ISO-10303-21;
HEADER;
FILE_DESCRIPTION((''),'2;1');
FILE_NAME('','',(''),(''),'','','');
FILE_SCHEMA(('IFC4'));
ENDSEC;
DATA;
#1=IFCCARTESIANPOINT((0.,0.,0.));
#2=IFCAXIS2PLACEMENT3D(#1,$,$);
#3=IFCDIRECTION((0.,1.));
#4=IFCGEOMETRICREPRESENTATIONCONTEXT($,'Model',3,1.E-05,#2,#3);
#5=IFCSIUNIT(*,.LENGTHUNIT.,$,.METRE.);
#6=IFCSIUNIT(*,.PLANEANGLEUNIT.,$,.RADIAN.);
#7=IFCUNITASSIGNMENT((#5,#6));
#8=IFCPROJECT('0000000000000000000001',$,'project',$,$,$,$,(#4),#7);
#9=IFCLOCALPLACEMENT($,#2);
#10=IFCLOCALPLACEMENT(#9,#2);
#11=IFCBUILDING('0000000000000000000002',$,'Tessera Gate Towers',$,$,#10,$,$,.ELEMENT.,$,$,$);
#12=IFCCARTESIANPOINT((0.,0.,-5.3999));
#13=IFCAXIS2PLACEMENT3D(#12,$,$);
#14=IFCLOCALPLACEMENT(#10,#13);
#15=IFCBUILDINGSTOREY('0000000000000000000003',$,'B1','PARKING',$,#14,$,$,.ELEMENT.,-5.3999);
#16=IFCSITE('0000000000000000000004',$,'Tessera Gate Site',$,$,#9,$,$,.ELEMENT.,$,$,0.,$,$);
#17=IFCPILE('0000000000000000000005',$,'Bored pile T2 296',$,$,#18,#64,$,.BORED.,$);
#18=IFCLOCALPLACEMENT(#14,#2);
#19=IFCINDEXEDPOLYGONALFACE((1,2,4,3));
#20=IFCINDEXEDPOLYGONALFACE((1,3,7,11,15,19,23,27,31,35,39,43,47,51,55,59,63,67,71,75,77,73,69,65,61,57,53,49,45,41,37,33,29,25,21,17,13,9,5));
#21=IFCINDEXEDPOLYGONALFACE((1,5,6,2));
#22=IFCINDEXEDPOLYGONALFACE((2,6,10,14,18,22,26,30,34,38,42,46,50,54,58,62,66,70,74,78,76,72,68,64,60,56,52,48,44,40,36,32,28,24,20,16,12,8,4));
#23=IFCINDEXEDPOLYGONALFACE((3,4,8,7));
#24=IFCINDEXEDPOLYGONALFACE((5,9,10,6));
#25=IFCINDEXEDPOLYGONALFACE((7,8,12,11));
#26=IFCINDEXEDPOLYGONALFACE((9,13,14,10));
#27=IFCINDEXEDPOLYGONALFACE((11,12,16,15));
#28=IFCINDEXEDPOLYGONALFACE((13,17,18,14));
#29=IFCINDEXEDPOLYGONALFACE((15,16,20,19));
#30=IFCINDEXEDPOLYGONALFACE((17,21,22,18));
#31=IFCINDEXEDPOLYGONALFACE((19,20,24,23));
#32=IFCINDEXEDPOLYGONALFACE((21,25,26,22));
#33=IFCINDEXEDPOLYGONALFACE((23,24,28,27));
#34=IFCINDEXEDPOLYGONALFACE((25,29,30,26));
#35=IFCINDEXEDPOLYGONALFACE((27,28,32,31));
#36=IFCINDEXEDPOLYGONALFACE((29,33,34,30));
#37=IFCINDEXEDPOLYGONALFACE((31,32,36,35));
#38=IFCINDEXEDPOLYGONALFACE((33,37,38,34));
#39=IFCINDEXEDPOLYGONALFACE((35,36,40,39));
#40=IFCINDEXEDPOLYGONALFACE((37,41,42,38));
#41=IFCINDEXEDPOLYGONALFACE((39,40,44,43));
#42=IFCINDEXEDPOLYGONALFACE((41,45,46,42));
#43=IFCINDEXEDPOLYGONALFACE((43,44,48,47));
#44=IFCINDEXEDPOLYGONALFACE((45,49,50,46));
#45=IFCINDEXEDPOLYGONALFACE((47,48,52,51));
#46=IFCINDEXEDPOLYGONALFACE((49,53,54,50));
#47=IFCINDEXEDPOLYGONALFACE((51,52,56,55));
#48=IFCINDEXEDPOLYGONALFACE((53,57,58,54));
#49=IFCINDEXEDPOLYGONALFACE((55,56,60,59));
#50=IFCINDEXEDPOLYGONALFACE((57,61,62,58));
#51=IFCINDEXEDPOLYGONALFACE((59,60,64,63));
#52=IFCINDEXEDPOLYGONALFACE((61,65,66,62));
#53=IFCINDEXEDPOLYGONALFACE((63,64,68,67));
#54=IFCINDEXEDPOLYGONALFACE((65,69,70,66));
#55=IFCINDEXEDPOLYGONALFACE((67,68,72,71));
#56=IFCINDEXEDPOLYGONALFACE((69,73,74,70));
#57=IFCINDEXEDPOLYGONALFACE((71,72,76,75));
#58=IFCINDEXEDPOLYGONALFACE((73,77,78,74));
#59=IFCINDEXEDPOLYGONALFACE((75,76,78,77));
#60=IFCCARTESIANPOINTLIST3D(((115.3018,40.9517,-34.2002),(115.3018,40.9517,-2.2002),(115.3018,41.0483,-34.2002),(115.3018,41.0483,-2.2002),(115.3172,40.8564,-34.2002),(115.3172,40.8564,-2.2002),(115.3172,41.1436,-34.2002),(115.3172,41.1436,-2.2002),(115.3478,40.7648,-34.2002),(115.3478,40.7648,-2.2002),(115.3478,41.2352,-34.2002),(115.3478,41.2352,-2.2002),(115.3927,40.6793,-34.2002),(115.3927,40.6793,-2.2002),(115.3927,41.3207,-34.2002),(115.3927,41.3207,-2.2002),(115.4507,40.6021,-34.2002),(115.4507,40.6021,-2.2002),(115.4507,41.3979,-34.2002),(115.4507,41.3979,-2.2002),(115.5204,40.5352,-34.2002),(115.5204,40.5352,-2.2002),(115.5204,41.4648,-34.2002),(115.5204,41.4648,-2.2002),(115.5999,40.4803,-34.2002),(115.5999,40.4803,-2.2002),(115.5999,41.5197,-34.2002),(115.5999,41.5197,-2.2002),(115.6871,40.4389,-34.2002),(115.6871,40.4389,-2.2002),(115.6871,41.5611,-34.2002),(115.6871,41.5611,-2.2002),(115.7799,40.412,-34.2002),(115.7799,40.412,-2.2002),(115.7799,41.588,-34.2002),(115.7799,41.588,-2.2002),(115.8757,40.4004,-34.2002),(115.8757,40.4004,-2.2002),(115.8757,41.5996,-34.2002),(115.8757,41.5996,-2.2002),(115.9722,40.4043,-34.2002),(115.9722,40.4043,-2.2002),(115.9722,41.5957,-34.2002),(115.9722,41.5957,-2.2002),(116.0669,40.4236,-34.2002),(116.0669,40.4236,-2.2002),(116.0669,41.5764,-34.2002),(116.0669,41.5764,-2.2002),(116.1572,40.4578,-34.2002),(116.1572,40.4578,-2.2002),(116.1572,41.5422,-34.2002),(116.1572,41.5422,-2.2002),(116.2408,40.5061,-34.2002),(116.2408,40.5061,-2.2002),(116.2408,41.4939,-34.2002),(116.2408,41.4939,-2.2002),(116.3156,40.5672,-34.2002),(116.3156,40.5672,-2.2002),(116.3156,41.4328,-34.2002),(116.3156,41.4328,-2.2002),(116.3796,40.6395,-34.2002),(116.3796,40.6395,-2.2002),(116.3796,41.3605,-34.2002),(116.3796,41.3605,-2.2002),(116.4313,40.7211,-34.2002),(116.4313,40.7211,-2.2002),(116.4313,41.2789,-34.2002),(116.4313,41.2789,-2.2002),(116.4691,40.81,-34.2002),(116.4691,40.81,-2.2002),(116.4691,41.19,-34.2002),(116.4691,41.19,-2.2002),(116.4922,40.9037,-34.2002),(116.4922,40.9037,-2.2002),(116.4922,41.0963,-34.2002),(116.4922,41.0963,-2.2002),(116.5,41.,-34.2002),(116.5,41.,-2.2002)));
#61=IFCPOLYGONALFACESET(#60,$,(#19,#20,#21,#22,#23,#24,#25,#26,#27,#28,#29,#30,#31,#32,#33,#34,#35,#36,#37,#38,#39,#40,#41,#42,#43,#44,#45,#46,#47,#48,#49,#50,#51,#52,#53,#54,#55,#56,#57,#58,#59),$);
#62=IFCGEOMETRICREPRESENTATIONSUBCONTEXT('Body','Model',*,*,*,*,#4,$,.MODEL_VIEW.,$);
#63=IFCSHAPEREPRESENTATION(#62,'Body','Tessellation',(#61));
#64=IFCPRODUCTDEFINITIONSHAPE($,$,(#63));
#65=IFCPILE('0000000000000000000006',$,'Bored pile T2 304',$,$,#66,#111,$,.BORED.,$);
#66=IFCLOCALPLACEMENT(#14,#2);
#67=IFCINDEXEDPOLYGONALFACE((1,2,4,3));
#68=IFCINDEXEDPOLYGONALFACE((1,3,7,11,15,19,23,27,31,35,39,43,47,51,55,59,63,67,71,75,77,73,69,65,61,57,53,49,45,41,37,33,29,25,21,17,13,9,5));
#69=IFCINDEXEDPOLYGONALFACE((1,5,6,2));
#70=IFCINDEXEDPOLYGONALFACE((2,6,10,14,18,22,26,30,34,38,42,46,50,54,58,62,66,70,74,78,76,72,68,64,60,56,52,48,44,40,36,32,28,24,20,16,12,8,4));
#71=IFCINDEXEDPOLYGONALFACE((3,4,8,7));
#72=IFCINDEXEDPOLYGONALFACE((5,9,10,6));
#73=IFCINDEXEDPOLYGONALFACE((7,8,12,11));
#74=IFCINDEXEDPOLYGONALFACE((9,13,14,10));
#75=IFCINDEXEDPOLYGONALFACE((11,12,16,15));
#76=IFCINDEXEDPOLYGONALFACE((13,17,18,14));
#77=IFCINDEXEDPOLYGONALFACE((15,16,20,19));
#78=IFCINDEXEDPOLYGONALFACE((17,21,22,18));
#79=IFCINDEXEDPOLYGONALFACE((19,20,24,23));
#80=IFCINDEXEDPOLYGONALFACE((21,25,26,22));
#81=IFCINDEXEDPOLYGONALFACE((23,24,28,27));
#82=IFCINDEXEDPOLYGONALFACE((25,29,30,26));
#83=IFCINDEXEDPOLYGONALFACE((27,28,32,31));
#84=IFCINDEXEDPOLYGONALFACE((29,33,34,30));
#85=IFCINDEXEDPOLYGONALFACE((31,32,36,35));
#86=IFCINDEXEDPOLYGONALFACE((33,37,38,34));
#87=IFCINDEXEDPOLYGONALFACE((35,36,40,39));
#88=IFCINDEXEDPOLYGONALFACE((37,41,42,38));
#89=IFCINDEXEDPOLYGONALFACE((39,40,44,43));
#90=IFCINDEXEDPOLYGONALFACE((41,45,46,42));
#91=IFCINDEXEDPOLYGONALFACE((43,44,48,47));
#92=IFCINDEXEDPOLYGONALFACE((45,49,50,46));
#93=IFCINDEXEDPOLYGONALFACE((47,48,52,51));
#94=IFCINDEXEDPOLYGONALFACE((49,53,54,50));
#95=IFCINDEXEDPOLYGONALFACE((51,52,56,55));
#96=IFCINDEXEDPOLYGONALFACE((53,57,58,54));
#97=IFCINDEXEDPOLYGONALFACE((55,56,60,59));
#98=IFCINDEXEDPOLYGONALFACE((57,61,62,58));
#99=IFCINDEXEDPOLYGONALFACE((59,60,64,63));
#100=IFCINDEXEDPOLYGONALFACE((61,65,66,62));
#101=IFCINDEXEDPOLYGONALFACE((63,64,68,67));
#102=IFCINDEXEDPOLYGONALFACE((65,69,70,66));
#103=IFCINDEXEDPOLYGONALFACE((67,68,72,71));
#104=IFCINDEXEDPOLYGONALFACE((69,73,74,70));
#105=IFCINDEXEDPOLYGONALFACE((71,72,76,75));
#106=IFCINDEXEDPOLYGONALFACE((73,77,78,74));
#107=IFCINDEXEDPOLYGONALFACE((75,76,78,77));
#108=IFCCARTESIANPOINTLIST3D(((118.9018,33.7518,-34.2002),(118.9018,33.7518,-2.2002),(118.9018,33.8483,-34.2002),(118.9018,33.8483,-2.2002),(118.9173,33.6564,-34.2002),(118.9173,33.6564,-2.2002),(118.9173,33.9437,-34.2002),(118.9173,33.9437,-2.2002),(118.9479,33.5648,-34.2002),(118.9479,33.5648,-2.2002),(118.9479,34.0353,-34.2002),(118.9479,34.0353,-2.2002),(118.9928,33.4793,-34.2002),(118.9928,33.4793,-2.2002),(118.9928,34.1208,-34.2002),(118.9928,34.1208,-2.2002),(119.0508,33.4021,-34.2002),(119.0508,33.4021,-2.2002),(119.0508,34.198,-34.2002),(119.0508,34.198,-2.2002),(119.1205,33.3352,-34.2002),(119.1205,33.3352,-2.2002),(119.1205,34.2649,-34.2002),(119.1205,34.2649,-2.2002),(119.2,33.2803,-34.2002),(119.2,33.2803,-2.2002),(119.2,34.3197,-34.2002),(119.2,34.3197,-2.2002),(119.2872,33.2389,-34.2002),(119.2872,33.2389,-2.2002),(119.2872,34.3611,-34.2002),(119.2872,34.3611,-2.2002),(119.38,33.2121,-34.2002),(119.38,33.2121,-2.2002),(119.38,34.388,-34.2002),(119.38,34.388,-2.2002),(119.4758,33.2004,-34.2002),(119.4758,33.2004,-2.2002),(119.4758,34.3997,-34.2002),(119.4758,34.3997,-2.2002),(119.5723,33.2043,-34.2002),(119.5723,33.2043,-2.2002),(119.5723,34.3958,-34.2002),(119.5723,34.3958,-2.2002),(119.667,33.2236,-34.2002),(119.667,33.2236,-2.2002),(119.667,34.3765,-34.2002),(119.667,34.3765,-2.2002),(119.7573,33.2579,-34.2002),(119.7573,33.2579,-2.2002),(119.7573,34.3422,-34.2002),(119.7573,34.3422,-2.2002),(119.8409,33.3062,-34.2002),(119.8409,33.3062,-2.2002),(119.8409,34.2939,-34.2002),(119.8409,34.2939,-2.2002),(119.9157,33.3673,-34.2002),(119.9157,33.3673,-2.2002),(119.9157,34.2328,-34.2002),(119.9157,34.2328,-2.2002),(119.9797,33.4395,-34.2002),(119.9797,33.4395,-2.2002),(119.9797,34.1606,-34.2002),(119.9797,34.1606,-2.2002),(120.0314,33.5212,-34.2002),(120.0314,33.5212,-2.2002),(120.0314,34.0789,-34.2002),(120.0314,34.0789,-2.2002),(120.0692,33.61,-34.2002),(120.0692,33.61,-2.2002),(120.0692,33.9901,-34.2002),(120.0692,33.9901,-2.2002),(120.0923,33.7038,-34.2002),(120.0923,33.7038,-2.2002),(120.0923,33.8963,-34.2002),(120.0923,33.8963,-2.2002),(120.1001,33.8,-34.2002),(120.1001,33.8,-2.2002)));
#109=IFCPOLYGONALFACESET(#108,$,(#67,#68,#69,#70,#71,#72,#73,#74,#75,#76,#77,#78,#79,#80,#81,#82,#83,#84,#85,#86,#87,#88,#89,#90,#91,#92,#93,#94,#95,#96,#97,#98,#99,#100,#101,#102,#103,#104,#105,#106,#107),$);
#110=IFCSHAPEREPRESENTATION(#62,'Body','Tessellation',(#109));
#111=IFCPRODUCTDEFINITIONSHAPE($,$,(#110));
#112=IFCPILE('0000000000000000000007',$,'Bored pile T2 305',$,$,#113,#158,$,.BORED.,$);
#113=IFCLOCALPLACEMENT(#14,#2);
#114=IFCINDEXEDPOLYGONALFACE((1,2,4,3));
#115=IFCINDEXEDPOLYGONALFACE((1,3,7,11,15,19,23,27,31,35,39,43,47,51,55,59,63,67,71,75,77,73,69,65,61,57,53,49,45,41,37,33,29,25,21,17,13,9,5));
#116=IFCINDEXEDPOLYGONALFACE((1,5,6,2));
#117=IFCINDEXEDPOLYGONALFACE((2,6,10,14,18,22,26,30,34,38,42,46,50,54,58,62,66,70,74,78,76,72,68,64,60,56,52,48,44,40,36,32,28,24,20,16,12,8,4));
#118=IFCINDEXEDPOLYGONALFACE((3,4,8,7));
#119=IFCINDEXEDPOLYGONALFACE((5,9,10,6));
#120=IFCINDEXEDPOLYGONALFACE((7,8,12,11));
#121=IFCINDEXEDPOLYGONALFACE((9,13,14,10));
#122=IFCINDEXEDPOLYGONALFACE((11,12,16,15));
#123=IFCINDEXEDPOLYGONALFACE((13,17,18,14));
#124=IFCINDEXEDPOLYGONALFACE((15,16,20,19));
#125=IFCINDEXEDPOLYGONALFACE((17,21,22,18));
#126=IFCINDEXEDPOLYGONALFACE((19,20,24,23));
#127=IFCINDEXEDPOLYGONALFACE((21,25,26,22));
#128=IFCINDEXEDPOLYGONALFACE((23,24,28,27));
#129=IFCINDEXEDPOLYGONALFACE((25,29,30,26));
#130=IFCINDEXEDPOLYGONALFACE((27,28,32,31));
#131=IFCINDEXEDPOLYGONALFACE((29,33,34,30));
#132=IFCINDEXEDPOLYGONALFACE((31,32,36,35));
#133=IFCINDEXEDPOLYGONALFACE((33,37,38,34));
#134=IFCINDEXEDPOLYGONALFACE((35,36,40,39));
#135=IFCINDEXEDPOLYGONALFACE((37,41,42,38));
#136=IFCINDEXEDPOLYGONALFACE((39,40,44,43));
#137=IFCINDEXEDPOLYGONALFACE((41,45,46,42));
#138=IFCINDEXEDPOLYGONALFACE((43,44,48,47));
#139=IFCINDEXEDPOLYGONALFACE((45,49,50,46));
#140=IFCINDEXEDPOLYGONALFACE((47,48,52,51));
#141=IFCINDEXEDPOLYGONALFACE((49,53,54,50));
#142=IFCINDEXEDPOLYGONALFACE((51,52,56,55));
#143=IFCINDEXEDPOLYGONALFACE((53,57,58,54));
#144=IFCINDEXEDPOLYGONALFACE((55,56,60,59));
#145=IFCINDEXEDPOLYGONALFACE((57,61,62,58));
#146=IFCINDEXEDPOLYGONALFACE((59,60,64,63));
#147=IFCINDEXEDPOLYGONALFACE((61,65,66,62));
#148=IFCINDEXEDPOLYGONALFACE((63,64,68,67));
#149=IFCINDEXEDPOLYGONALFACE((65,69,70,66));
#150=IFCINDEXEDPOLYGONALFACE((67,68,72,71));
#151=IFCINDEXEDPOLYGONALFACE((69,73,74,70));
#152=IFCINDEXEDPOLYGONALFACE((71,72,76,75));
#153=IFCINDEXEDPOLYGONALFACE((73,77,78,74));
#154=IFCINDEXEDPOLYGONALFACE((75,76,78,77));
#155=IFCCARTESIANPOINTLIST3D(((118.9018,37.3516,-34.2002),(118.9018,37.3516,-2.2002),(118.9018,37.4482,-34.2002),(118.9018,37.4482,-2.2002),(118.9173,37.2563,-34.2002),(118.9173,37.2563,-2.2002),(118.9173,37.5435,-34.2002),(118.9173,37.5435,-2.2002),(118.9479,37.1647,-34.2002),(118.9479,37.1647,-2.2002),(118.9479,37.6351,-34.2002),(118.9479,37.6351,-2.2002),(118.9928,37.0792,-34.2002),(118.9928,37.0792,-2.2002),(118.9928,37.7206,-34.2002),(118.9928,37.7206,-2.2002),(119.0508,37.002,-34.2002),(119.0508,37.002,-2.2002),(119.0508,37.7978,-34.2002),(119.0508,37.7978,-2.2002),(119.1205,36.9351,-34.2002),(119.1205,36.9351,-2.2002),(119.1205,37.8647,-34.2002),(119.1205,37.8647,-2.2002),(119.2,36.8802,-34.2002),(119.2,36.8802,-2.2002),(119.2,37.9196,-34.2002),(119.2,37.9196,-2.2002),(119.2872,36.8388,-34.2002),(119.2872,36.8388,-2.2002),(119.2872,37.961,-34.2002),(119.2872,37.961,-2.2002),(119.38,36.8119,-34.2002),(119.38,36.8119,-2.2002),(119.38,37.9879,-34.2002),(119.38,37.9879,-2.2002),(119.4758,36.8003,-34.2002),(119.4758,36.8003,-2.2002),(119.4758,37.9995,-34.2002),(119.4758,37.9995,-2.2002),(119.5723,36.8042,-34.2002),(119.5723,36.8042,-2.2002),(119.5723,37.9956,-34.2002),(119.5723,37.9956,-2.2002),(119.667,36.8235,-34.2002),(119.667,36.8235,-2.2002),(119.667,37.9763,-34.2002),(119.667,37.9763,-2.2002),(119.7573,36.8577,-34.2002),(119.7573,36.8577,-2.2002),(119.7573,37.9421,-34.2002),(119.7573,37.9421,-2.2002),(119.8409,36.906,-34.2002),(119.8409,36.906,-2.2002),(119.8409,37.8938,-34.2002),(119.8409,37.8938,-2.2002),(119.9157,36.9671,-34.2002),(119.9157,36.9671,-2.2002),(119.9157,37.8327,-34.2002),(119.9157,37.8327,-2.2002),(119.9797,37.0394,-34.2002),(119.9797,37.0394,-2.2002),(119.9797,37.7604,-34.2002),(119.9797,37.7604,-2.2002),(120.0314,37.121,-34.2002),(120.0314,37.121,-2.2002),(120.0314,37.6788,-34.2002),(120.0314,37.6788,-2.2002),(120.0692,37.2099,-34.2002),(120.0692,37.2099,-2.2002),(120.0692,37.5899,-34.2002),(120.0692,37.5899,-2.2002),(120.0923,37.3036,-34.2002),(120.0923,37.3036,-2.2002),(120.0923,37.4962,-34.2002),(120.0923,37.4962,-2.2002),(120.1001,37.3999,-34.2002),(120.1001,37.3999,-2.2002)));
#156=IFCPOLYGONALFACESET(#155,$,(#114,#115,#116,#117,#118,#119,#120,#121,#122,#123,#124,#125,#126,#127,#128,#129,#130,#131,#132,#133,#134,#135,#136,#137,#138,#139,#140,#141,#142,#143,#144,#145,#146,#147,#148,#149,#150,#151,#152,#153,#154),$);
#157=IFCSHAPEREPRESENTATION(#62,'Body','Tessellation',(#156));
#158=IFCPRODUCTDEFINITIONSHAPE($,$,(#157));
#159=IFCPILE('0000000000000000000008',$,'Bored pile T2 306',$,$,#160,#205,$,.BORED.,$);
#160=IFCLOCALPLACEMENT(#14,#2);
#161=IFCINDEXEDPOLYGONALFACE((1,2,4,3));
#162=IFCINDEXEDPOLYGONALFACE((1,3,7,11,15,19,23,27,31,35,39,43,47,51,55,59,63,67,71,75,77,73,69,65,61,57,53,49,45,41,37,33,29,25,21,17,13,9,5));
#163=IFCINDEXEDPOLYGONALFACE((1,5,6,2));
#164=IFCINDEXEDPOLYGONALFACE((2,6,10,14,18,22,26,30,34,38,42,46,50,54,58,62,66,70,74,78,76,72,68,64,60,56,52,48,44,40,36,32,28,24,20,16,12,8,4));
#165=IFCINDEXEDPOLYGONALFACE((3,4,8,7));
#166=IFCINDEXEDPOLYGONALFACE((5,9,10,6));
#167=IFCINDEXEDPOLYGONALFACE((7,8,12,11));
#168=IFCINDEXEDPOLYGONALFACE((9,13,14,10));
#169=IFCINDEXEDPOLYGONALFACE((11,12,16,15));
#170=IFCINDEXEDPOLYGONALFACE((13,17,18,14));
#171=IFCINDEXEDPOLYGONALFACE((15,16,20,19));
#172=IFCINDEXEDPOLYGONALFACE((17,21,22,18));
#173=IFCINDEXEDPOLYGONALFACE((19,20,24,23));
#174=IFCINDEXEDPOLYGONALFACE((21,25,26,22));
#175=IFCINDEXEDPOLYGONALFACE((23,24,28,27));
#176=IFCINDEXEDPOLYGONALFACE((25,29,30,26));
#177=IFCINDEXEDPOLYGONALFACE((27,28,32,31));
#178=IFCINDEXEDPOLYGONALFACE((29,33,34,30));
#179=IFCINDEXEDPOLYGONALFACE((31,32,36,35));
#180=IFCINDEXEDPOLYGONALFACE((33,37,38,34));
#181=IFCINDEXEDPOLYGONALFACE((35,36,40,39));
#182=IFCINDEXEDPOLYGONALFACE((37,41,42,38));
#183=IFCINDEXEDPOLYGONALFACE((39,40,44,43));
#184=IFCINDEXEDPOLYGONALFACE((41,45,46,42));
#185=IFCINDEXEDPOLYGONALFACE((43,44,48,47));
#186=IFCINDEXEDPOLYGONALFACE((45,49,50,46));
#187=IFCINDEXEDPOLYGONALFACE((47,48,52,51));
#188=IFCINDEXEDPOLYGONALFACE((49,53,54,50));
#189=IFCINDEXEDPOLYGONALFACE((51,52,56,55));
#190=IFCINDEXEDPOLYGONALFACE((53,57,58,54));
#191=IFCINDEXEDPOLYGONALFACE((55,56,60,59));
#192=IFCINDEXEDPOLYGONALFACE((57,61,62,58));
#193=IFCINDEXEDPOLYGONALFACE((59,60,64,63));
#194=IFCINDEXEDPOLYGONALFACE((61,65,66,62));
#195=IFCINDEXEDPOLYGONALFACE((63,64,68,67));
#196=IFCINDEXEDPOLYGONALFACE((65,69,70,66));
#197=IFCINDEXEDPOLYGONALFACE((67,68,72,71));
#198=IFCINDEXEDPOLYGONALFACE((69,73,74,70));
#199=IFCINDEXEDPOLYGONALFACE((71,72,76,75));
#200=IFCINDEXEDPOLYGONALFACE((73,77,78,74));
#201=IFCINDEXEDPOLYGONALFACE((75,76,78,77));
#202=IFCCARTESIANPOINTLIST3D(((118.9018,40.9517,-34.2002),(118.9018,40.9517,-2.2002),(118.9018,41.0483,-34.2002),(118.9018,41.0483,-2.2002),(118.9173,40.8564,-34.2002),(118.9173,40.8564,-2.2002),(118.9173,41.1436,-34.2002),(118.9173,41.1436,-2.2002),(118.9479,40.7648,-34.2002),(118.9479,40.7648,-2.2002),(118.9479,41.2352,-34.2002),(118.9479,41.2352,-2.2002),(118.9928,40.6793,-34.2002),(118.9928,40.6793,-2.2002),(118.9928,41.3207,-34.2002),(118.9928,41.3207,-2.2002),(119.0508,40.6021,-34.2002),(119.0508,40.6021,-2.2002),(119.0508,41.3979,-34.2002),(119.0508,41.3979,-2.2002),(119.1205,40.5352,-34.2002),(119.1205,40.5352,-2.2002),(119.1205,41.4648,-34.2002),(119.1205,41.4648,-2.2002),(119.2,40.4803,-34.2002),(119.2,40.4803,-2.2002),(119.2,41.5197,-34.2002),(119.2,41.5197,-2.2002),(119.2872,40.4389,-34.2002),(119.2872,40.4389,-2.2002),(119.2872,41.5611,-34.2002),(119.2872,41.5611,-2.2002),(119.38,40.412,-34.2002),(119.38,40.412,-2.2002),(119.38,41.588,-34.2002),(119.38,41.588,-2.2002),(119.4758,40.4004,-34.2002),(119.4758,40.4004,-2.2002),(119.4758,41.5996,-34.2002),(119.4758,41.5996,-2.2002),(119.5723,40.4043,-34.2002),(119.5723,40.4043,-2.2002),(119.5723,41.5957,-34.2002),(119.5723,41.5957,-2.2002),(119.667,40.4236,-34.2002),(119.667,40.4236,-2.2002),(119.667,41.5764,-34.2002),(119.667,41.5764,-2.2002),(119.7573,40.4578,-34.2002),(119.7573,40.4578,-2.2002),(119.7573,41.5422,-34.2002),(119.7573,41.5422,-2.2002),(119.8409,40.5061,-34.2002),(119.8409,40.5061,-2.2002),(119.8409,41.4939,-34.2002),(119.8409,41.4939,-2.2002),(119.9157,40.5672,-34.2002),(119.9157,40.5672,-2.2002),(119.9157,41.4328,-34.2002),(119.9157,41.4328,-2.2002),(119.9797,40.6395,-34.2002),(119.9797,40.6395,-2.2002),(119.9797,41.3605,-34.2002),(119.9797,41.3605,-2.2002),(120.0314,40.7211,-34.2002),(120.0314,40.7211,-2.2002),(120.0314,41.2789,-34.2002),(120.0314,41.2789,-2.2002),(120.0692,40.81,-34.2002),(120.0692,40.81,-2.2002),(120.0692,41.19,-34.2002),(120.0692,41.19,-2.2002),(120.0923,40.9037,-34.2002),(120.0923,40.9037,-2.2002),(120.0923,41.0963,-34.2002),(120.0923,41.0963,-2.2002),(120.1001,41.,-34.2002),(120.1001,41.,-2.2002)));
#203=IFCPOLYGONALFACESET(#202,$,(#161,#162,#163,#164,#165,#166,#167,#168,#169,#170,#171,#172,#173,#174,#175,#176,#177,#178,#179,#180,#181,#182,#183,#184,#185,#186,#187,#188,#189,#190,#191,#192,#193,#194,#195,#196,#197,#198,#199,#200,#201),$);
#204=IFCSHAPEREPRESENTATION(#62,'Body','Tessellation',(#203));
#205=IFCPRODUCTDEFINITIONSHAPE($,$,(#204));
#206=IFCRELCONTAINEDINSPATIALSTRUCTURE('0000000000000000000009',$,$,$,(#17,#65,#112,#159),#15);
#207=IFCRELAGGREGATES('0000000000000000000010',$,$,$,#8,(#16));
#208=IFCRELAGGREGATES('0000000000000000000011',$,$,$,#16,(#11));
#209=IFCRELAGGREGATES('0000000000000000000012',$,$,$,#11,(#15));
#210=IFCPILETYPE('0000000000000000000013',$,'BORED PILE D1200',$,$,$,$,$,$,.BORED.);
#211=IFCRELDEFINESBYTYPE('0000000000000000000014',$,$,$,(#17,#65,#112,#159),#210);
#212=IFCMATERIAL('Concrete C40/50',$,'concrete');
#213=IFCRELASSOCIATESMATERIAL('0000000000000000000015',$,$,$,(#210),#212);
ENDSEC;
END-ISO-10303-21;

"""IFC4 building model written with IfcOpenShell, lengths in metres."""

from ifc_helpers import new_model, si_unit, direction, frame, origin, origin_2d, place, context, subcontext, project, spatial, circle, extrude, material, material_profile, profile_set, type_object, element, save


model = new_model("IFC4")

# Units and contexts
model_context = context("Model", 3, precision=1e-05, world=origin(), true_north=direction((0.0, 1.0)))
body_context = subcontext(model_context, "Body", "Model", "MODEL_VIEW")
ifc_project = project(units=[si_unit("LENGTHUNIT", "METRE"), si_unit("PLANEANGLEUNIT", "RADIAN")], contexts=[model_context])

# Site, building, storey
site_placement = place(None, origin())
site = spatial("IfcSite", under=ifc_project, at=site_placement, Name="Tessera Gate Site", CompositionType="ELEMENT", RefElevation=0.0)
building_placement = place(site_placement, origin())
building = spatial("IfcBuilding", under=site, at=building_placement, Name="Tessera Gate Towers", CompositionType="ELEMENT")
storey_placement = place(building_placement, frame((0.0, 0.0, -5.3999)))
storey = spatial("IfcBuildingStorey", under=building, at=storey_placement, Name="B1", Description="PARKING", CompositionType="ELEMENT", Elevation=-5.3999)

# Piles
ifc_material_1 = material(Name="Concrete C40/50", Category="concrete")
ifc_material_profile_1 = material_profile(ifc_material_1, circle(Radius=0.6001, at=origin_2d()), Name="BORED PILE D1200")
ifc_profile_set_1 = profile_set([ifc_material_profile_1], Name="Concrete C40/50")
pile_type = type_object("IfcPileType", Name="BORED PILE D1200", PredefinedType="BORED", material=ifc_profile_set_1)
for number, where, z_axis, x_axis, name in (
    (1, (115.8999, 41.0, -2.2002), (0.0, 0.0, -1.0), (1.0, 0.0, 0.0), "Bored pile T2 296"),
    (2, (119.5, 33.8, -2.2002), (0.0, 0.0, -1.0), (1.0, 0.0, 0.0), "Bored pile T2 304"),
    (3, (119.5, 37.3999, -2.2002), (0.0, 0.0, -1.0), (1.0, 0.0, 0.0), "Bored pile T2 305"),
    (4, (119.5, 41.0, -2.2002), (0.0, 0.0, -1.0), (1.0, 0.0, 0.0), "Bored pile T2 306"),
):
    element("IfcPile", number, at=place(storey_placement, frame(where, z_axis=z_axis, x_axis=x_axis)), inside=storey, type_object=pile_type, Name=name, PredefinedType="BORED", context=body_context, shape_type="SweptSolid", body=[
        extrude(circle(Radius=0.6001, at=origin_2d()), origin(), (0.0, 0.0, 1.0), 32.0),
    ])

save(model, "model.ifc")
